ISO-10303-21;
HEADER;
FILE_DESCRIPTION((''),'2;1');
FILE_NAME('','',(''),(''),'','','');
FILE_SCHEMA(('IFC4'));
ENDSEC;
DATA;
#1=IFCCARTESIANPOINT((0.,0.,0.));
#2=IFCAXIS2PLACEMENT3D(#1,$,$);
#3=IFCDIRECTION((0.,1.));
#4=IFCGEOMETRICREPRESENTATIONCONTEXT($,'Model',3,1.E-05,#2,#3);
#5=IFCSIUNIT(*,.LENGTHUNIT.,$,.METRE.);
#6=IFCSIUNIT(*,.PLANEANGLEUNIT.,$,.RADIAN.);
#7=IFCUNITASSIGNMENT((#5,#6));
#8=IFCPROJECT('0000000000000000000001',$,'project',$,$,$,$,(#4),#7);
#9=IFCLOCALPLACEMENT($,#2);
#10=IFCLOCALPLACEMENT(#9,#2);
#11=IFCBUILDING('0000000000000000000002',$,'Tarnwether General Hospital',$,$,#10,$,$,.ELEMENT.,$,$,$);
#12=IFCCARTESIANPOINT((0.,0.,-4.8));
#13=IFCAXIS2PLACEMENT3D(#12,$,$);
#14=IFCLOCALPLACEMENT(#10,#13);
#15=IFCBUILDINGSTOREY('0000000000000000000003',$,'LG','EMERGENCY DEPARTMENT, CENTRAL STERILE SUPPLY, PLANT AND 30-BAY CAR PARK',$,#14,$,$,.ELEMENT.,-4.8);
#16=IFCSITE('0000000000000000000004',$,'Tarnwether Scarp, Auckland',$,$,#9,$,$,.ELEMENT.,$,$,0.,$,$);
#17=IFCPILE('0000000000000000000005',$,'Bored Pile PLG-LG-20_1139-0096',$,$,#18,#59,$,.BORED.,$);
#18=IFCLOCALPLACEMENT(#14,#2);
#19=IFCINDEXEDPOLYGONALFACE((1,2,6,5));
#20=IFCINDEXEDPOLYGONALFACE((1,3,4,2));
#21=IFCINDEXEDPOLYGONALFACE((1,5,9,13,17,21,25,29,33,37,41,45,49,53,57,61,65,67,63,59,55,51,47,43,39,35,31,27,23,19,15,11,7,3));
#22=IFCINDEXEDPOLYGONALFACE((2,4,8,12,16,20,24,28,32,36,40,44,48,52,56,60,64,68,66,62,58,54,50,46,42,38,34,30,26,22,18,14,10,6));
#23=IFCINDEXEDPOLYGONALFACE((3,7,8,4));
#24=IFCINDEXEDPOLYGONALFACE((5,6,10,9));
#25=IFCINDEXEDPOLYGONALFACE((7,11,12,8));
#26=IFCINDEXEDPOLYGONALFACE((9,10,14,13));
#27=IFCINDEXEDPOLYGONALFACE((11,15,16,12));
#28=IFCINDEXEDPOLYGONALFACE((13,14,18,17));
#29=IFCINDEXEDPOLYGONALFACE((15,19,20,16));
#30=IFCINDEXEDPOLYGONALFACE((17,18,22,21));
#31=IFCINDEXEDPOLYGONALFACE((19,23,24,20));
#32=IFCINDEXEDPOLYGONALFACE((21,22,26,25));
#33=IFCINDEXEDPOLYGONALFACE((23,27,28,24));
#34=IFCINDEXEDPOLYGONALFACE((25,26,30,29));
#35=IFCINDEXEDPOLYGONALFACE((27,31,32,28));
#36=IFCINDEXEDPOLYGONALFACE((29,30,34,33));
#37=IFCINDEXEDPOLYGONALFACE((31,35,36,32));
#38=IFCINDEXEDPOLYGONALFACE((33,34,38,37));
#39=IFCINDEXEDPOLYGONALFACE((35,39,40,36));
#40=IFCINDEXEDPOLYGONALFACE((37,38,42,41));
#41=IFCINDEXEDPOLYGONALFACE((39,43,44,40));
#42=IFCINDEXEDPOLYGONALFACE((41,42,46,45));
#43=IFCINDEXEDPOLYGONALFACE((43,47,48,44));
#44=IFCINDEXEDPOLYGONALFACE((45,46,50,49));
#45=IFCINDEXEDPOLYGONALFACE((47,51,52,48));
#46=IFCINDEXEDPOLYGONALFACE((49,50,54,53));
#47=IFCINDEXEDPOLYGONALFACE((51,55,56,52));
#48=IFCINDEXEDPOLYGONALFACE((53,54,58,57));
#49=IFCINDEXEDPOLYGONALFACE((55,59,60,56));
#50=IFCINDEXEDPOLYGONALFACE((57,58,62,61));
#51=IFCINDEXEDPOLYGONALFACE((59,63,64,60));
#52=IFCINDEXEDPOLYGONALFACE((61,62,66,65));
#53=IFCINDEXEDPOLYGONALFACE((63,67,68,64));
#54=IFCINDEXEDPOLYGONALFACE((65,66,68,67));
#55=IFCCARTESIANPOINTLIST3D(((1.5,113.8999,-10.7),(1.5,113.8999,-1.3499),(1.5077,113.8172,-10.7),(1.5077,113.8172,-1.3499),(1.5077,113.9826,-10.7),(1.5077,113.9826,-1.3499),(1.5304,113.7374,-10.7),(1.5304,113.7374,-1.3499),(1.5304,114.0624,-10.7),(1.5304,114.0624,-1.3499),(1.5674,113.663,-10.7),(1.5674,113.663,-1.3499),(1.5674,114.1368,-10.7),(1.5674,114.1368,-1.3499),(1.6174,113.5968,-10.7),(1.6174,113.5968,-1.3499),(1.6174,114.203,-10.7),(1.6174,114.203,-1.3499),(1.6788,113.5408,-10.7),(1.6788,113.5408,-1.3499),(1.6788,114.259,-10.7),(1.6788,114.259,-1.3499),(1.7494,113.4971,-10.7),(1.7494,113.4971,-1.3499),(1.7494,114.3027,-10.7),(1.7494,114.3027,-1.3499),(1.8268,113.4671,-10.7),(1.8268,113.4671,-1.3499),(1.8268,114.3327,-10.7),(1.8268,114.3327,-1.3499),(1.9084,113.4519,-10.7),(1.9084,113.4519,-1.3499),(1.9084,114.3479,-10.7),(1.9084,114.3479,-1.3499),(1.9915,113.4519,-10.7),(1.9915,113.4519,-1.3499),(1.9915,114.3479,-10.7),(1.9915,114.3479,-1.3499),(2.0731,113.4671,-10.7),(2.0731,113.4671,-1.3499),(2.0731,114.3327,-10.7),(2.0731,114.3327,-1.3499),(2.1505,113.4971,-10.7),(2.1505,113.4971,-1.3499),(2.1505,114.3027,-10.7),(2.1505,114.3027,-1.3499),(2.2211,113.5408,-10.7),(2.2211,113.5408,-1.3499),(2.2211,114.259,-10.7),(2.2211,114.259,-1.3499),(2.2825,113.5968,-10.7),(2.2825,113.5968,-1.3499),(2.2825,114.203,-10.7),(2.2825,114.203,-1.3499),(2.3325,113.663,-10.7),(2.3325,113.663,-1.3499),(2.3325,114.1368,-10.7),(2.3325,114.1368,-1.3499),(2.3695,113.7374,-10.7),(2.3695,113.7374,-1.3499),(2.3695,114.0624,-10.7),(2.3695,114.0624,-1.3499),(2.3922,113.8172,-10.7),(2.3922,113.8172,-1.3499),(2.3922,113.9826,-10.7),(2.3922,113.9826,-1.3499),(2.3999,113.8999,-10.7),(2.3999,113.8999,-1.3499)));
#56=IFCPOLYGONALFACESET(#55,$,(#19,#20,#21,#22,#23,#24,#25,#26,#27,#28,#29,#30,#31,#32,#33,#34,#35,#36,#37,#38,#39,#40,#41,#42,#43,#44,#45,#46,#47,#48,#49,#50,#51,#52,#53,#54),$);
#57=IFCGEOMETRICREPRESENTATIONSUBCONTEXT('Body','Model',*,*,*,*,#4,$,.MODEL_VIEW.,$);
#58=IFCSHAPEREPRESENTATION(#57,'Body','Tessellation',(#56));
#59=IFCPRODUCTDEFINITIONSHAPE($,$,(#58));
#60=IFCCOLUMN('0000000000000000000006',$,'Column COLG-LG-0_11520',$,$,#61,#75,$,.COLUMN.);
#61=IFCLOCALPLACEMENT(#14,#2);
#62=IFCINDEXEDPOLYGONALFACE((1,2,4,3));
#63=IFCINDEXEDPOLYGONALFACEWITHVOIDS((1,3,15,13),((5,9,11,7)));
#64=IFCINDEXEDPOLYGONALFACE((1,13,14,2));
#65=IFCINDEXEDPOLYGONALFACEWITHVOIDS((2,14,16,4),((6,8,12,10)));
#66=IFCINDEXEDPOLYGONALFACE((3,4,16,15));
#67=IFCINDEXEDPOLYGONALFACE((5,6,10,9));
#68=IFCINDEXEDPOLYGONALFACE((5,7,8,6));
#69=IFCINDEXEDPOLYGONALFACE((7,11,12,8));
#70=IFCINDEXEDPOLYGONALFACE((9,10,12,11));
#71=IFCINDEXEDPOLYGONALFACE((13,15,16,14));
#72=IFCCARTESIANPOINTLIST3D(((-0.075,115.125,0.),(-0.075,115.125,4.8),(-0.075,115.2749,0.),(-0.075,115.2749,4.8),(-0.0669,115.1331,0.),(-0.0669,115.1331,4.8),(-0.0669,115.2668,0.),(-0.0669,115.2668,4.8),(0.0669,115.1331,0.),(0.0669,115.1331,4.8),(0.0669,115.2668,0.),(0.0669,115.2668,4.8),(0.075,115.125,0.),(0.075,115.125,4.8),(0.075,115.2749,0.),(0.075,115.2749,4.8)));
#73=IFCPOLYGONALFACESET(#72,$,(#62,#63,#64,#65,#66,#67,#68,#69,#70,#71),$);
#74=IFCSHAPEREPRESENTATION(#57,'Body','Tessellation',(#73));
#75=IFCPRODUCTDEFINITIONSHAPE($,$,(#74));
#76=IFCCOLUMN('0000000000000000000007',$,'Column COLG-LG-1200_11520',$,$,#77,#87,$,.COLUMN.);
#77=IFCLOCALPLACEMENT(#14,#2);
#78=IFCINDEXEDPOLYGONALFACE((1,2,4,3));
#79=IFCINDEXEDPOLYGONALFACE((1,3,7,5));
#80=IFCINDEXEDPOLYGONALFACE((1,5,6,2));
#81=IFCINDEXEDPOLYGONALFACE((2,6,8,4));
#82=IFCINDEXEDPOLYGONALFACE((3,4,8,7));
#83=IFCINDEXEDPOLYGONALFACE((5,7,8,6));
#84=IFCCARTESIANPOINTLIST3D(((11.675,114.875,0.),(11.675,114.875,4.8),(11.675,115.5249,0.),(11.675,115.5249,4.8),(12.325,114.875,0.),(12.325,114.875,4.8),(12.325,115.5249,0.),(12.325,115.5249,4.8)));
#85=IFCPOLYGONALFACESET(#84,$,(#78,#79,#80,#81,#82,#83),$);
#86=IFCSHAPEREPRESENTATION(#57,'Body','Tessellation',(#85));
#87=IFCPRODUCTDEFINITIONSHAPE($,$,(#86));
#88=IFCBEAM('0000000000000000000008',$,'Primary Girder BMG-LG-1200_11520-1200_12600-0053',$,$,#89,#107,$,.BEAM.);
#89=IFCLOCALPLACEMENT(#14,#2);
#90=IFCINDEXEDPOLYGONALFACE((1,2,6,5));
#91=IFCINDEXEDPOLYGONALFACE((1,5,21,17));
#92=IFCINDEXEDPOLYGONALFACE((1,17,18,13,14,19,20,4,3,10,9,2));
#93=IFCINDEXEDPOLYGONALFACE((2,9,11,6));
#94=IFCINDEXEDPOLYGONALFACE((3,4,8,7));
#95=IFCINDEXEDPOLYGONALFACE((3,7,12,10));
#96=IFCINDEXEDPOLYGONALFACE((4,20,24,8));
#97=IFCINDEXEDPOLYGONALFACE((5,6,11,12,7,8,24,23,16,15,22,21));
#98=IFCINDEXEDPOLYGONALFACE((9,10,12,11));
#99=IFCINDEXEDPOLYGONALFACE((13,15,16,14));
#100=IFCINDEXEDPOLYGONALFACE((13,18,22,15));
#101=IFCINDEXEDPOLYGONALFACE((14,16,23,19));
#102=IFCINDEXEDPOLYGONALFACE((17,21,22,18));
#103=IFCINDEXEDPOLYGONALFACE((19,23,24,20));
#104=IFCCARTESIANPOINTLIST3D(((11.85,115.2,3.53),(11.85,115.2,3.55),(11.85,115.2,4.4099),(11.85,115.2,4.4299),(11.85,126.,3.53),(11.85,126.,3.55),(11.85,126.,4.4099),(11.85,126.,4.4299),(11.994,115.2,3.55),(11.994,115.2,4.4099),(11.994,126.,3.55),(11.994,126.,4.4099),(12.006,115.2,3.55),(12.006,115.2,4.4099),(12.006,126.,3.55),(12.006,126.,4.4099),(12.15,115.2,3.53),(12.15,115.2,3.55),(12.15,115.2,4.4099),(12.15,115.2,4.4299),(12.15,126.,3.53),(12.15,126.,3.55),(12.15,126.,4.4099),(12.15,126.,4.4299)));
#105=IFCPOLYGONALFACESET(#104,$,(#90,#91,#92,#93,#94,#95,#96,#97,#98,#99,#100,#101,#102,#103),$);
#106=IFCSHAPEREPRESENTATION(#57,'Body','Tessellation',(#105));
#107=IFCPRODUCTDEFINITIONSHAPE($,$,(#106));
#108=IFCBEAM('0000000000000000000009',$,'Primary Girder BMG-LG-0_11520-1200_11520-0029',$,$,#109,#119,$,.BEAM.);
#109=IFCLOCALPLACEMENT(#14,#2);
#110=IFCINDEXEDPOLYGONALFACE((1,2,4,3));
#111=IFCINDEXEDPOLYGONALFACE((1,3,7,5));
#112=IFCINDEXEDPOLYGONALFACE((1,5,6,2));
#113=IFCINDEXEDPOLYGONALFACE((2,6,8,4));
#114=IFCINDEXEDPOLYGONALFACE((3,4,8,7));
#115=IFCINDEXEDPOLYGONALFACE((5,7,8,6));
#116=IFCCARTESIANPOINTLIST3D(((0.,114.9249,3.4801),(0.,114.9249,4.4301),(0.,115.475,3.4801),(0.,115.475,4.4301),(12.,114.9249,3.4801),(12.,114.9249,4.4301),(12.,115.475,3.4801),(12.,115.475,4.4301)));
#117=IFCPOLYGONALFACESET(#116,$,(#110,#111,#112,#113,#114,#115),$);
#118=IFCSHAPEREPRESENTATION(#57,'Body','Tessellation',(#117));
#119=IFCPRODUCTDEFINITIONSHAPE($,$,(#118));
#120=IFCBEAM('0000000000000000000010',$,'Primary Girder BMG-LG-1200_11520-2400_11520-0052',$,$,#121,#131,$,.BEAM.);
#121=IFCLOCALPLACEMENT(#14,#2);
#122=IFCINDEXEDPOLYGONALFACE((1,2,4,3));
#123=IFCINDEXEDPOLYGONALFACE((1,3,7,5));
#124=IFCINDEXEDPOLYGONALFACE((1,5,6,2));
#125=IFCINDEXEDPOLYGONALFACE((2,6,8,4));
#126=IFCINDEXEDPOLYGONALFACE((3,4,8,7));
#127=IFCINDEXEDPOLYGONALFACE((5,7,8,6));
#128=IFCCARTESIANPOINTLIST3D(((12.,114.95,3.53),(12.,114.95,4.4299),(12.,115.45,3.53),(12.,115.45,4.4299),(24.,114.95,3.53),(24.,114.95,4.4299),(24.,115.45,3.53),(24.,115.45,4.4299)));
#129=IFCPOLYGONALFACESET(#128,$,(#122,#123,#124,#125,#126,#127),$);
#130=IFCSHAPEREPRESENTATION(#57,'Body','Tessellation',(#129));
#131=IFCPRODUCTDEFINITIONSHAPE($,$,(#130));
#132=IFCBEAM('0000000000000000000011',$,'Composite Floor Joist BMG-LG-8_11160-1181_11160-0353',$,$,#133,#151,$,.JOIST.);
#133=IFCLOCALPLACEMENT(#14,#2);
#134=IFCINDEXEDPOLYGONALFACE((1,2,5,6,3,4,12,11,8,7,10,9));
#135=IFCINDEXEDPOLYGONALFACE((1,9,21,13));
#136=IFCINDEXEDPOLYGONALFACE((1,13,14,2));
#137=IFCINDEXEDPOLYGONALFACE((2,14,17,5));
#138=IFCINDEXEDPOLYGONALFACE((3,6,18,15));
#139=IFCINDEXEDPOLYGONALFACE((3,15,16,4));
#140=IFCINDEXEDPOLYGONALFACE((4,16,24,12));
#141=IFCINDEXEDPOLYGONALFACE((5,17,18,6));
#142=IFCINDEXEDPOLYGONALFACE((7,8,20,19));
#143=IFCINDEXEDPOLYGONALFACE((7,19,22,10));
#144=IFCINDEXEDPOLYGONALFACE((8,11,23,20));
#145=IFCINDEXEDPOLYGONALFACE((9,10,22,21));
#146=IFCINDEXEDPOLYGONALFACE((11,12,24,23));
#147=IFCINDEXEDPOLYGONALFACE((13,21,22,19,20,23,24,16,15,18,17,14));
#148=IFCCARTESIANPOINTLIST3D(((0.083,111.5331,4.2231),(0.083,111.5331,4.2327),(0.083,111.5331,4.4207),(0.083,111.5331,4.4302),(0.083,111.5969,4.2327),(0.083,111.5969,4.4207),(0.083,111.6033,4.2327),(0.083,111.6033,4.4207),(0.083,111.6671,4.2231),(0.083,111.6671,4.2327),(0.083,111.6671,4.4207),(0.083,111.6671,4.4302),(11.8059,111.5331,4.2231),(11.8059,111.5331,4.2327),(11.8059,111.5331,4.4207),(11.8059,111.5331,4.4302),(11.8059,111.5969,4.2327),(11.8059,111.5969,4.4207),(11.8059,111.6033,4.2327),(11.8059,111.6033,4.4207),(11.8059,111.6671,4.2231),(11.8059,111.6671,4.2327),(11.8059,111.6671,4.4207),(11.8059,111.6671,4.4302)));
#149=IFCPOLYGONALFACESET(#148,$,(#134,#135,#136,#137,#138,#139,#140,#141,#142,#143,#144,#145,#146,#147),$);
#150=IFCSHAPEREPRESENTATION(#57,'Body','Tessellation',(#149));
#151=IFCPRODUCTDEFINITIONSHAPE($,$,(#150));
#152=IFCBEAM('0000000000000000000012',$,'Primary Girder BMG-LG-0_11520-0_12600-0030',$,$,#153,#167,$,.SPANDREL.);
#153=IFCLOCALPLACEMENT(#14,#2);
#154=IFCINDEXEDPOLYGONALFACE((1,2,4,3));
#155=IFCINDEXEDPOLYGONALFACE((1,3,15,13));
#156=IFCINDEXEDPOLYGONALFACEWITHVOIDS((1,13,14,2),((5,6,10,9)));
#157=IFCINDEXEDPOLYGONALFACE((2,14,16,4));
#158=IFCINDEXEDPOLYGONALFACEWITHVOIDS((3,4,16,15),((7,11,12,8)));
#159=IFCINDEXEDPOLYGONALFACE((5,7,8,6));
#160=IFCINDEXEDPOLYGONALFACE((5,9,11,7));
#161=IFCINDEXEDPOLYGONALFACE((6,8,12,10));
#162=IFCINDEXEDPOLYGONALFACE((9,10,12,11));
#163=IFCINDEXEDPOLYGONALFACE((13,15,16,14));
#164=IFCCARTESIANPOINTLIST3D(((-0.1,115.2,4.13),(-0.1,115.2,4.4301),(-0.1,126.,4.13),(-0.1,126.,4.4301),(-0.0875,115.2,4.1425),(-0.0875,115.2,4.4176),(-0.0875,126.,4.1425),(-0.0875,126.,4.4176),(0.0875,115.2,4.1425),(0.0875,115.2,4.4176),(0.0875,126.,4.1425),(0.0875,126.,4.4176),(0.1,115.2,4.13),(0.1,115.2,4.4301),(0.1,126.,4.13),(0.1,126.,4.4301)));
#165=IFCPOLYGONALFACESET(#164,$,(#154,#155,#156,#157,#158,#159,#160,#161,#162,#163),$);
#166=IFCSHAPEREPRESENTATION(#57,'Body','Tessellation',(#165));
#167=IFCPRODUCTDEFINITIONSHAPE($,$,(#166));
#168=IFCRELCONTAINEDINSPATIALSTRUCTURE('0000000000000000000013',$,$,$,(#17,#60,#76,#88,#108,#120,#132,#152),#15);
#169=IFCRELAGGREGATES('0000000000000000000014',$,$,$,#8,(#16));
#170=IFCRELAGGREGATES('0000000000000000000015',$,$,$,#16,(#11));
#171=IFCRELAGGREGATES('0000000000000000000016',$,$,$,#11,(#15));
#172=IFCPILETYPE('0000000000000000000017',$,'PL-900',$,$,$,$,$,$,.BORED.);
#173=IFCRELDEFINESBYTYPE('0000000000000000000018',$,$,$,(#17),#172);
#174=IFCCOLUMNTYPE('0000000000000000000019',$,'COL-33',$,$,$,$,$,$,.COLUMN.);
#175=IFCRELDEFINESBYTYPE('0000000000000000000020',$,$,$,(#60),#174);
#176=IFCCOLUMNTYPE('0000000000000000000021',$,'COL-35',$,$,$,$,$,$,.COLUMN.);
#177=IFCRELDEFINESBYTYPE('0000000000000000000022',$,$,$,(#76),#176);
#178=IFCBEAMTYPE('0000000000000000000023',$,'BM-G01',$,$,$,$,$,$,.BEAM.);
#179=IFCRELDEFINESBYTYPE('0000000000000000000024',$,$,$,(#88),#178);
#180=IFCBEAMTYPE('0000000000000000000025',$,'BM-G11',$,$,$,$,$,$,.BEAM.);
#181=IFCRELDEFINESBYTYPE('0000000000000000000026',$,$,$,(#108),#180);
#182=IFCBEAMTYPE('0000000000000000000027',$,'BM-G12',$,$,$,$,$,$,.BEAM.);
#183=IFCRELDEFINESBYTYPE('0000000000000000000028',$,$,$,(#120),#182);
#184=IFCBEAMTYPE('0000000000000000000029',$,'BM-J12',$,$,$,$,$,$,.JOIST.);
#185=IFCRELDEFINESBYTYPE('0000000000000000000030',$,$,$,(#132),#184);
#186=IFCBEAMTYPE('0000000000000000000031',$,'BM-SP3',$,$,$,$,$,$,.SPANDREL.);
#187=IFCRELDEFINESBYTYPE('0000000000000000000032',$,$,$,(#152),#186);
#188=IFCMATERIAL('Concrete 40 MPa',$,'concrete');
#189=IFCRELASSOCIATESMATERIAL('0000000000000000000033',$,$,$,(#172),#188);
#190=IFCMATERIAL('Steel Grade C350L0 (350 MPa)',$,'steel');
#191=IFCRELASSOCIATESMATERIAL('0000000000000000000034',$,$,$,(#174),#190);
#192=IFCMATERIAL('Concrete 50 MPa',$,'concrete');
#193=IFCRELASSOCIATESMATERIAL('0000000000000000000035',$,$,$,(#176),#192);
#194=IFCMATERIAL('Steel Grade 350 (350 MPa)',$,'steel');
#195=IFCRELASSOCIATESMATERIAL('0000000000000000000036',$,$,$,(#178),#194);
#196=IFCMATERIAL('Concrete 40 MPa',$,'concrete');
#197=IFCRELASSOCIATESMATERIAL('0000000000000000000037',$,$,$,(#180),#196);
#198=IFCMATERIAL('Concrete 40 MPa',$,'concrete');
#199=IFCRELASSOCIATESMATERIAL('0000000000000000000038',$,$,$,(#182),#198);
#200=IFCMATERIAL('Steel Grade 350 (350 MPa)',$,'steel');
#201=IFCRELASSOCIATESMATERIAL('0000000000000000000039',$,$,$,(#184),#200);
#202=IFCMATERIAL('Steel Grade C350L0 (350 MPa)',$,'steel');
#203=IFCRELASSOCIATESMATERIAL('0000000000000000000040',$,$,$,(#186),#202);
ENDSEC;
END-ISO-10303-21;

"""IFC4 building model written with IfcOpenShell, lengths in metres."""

from ifc_helpers import new_model, si_unit, direction, frame, origin, origin_2d, place, context, subcontext, project, spatial, rectangle, hollow_rectangle, circle, i_section, extrude, material, material_profile, profile_set, type_object, element, save


model = new_model("IFC4")

# Units and contexts
model_context = context("Model", 3, precision=1e-05, world=origin(), true_north=direction((0.0, 1.0)))
body_context = subcontext(model_context, "Body", "Model", "MODEL_VIEW")
ifc_project = project(units=[si_unit("LENGTHUNIT", "METRE"), si_unit("PLANEANGLEUNIT", "RADIAN")], contexts=[model_context])

# Site, building, storey
site_placement = place(None, origin())
site = spatial("IfcSite", under=ifc_project, at=site_placement, Name="Tarnwether Scarp, Auckland", CompositionType="ELEMENT", RefElevation=0.0)
building_placement = place(site_placement, origin())
building = spatial("IfcBuilding", under=site, at=building_placement, Name="Tarnwether General Hospital", CompositionType="ELEMENT")
storey_placement = place(building_placement, frame((0.0, 0.0, -4.8)))
storey = spatial("IfcBuildingStorey", under=building, at=storey_placement, Name="LG", Description="EMERGENCY DEPARTMENT, CENTRAL STERILE SUPPLY, PLANT AND 30-BAY CAR PARK", CompositionType="ELEMENT", Elevation=-4.8)

# Pile
ifc_material_1 = material(Name="Concrete 40 MPa", Category="concrete")
ifc_material_profile_1 = material_profile(ifc_material_1, circle(Radius=0.45, at=origin_2d()), Name="PILE-D900")
ifc_profile_set_1 = profile_set([ifc_material_profile_1], Name="Concrete 40 MPa")
pile_type_1 = type_object("IfcPileType", Name="PL-900", PredefinedType="BORED", material=ifc_profile_set_1)
for number, where, z_axis, x_axis, name in (
    (1, (1.95, 113.8999, -1.3499), (0.0, 0.0, -1.0), (1.0, 0.0, 0.0), "Bored Pile PLG-LG-20_1139-0096"),
):
    element("IfcPile", number, at=place(storey_placement, frame(where, z_axis=z_axis, x_axis=x_axis)), inside=storey, type_object=pile_type_1, Name=name, PredefinedType="BORED", context=body_context, shape_type="SweptSolid", body=[
        extrude(circle(Radius=0.45, at=origin_2d()), origin(), (0.0, 0.0, 1.0), 9.3501),
    ])

# Columns
ifc_material_2 = material(Name="Steel Grade C350L0 (350 MPa)", Category="steel")
ifc_material_profile_2 = material_profile(ifc_material_2, hollow_rectangle(XDim=0.1499, YDim=0.1499, WallThickness=0.0081, at=origin_2d()), Name="SHS150x150x8")
ifc_profile_set_2 = profile_set([ifc_material_profile_2], Name="Steel Grade C350L0 (350 MPa)")
column_type_1 = type_object("IfcColumnType", Name="COL-33", PredefinedType="COLUMN", material=ifc_profile_set_2)
column_1_placement = place(storey_placement, frame((0.0, 115.2, 0.0), z_axis=(0.0, 0.0, 1.0), x_axis=(1.0, 0.0, 0.0)))
element("IfcColumn", 2, at=column_1_placement, inside=storey, type_object=column_type_1, Name="Column COLG-LG-0_11520", PredefinedType="COLUMN", context=body_context, shape_type="SweptSolid", body=[
    extrude(hollow_rectangle(XDim=0.1499, YDim=0.1499, WallThickness=0.0081, at=origin_2d()), origin(), (0.0, 0.0, 1.0), 4.8),
])
ifc_material_3 = material(Name="Concrete 50 MPa", Category="concrete")
ifc_material_profile_3 = material_profile(ifc_material_3, rectangle(XDim=0.6499, YDim=0.6499, at=origin_2d()), Name="RC-COL-650x650")
ifc_profile_set_3 = profile_set([ifc_material_profile_3], Name="Concrete 50 MPa")
column_type_2 = type_object("IfcColumnType", Name="COL-35", PredefinedType="COLUMN", material=ifc_profile_set_3)
column_2_placement = place(storey_placement, frame((12.0, 115.2, 0.0), z_axis=(0.0, 0.0, 1.0), x_axis=(0.0, 1.0, 0.0)))
element("IfcColumn", 3, at=column_2_placement, inside=storey, type_object=column_type_2, Name="Column COLG-LG-1200_11520", PredefinedType="COLUMN", context=body_context, shape_type="SweptSolid", body=[
    extrude(rectangle(XDim=0.6499, YDim=0.6499, at=origin_2d()), origin(), (0.0, 0.0, 1.0), 4.8),
])

# Beams
ifc_material_4 = material(Name="Steel Grade 350 (350 MPa)", Category="steel")
ifc_material_profile_4 = material_profile(ifc_material_4, i_section(OverallWidth=0.3, OverallDepth=0.8999, WebThickness=0.012, FlangeThickness=0.02, at=origin_2d()), Name="900WB175")
ifc_profile_set_4 = profile_set([ifc_material_profile_4], Name="Steel Grade 350 (350 MPa)")
beam_type_1 = type_object("IfcBeamType", Name="BM-G01", PredefinedType="BEAM", material=ifc_profile_set_4)
beam_1_placement = place(storey_placement, frame((12.0, 115.2, 3.98), z_axis=(0.0, 1.0, 0.0), x_axis=(-1.0, 0.0, 0.0)))
element("IfcBeam", 4, at=beam_1_placement, inside=storey, type_object=beam_type_1, Name="Primary Girder BMG-LG-1200_11520-1200_12600-0053", PredefinedType="BEAM", context=body_context, shape_type="SweptSolid", body=[
    extrude(i_section(OverallWidth=0.3, OverallDepth=0.8999, WebThickness=0.012, FlangeThickness=0.02, at=origin_2d()), origin(), (0.0, 0.0, 1.0), 10.8),
])
ifc_material_5 = material(Name="Concrete 40 MPa", Category="concrete")
ifc_material_profile_5 = material_profile(ifc_material_5, rectangle(XDim=0.55, YDim=0.95, at=origin_2d()), Name="RC-BM-550x950")
ifc_profile_set_5 = profile_set([ifc_material_profile_5], Name="Concrete 40 MPa")
beam_type_2 = type_object("IfcBeamType", Name="BM-G11", PredefinedType="BEAM", material=ifc_profile_set_5)
beam_2_placement = place(storey_placement, frame((0.0, 115.2, 3.9551), z_axis=(1.0, 0.0, 0.0), x_axis=(0.0, 1.0, 0.0)))
element("IfcBeam", 5, at=beam_2_placement, inside=storey, type_object=beam_type_2, Name="Primary Girder BMG-LG-0_11520-1200_11520-0029", PredefinedType="BEAM", context=body_context, shape_type="SweptSolid", body=[
    extrude(rectangle(XDim=0.55, YDim=0.95, at=origin_2d()), origin(), (0.0, 0.0, 1.0), 12.0),
])
ifc_material_6 = material(Name="Concrete 40 MPa", Category="concrete")
ifc_material_profile_6 = material_profile(ifc_material_6, rectangle(XDim=0.5, YDim=0.8999, at=origin_2d()), Name="RC-BM-500x900")
ifc_profile_set_6 = profile_set([ifc_material_profile_6], Name="Concrete 40 MPa")
beam_type_3 = type_object("IfcBeamType", Name="BM-G12", PredefinedType="BEAM", material=ifc_profile_set_6)
beam_3_placement = place(storey_placement, frame((12.0, 115.2, 3.98), z_axis=(1.0, 0.0, 0.0), x_axis=(0.0, 1.0, 0.0)))
element("IfcBeam", 6, at=beam_3_placement, inside=storey, type_object=beam_type_3, Name="Primary Girder BMG-LG-1200_11520-2400_11520-0052", PredefinedType="BEAM", context=body_context, shape_type="SweptSolid", body=[
    extrude(rectangle(XDim=0.5, YDim=0.8999, at=origin_2d()), origin(), (0.0, 0.0, 1.0), 12.0),
])
ifc_material_7 = material(Name="Steel Grade 350 (350 MPa)", Category="steel")
ifc_material_profile_7 = material_profile(ifc_material_7, i_section(OverallWidth=0.134, OverallDepth=0.207, WebThickness=0.0063, FlangeThickness=0.0095, at=origin_2d()), Name="200UB29.8")
ifc_profile_set_7 = profile_set([ifc_material_profile_7], Name="Steel Grade 350 (350 MPa)")
beam_type_4 = type_object("IfcBeamType", Name="BM-J12", PredefinedType="JOIST", material=ifc_profile_set_7)
beam_4_placement = place(storey_placement, frame((0.083, 111.6001, 4.3267), z_axis=(1.0, 0.0, 0.0), x_axis=(0.0, 1.0, 0.0)))
element("IfcBeam", 7, at=beam_4_placement, inside=storey, type_object=beam_type_4, Name="Composite Floor Joist BMG-LG-8_11160-1181_11160-0353", PredefinedType="JOIST", context=body_context, shape_type="SweptSolid", body=[
    extrude(i_section(OverallWidth=0.134, OverallDepth=0.207, WebThickness=0.0063, FlangeThickness=0.0095, at=origin_2d()), origin(), (0.0, 0.0, 1.0), 11.7229),
])
ifc_material_8 = material(Name="Steel Grade C350L0 (350 MPa)", Category="steel")
ifc_material_profile_8 = material_profile(ifc_material_8, hollow_rectangle(XDim=0.2, YDim=0.3, WallThickness=0.0125, at=origin_2d()), Name="RHS300x200x12.5")
ifc_profile_set_8 = profile_set([ifc_material_profile_8], Name="Steel Grade C350L0 (350 MPa)")
beam_type_5 = type_object("IfcBeamType", Name="BM-SP3", PredefinedType="SPANDREL", material=ifc_profile_set_8)
beam_5_placement = place(storey_placement, frame((0.0, 115.2, 4.28), z_axis=(0.0, 1.0, 0.0), x_axis=(-1.0, 0.0, 0.0)))
element("IfcBeam", 8, at=beam_5_placement, inside=storey, type_object=beam_type_5, Name="Primary Girder BMG-LG-0_11520-0_12600-0030", PredefinedType="SPANDREL", context=body_context, shape_type="SweptSolid", body=[
    extrude(hollow_rectangle(XDim=0.2, YDim=0.3, WallThickness=0.0125, at=origin_2d()), origin(), (0.0, 0.0, 1.0), 10.8),
])

save(model, "model.ifc")
